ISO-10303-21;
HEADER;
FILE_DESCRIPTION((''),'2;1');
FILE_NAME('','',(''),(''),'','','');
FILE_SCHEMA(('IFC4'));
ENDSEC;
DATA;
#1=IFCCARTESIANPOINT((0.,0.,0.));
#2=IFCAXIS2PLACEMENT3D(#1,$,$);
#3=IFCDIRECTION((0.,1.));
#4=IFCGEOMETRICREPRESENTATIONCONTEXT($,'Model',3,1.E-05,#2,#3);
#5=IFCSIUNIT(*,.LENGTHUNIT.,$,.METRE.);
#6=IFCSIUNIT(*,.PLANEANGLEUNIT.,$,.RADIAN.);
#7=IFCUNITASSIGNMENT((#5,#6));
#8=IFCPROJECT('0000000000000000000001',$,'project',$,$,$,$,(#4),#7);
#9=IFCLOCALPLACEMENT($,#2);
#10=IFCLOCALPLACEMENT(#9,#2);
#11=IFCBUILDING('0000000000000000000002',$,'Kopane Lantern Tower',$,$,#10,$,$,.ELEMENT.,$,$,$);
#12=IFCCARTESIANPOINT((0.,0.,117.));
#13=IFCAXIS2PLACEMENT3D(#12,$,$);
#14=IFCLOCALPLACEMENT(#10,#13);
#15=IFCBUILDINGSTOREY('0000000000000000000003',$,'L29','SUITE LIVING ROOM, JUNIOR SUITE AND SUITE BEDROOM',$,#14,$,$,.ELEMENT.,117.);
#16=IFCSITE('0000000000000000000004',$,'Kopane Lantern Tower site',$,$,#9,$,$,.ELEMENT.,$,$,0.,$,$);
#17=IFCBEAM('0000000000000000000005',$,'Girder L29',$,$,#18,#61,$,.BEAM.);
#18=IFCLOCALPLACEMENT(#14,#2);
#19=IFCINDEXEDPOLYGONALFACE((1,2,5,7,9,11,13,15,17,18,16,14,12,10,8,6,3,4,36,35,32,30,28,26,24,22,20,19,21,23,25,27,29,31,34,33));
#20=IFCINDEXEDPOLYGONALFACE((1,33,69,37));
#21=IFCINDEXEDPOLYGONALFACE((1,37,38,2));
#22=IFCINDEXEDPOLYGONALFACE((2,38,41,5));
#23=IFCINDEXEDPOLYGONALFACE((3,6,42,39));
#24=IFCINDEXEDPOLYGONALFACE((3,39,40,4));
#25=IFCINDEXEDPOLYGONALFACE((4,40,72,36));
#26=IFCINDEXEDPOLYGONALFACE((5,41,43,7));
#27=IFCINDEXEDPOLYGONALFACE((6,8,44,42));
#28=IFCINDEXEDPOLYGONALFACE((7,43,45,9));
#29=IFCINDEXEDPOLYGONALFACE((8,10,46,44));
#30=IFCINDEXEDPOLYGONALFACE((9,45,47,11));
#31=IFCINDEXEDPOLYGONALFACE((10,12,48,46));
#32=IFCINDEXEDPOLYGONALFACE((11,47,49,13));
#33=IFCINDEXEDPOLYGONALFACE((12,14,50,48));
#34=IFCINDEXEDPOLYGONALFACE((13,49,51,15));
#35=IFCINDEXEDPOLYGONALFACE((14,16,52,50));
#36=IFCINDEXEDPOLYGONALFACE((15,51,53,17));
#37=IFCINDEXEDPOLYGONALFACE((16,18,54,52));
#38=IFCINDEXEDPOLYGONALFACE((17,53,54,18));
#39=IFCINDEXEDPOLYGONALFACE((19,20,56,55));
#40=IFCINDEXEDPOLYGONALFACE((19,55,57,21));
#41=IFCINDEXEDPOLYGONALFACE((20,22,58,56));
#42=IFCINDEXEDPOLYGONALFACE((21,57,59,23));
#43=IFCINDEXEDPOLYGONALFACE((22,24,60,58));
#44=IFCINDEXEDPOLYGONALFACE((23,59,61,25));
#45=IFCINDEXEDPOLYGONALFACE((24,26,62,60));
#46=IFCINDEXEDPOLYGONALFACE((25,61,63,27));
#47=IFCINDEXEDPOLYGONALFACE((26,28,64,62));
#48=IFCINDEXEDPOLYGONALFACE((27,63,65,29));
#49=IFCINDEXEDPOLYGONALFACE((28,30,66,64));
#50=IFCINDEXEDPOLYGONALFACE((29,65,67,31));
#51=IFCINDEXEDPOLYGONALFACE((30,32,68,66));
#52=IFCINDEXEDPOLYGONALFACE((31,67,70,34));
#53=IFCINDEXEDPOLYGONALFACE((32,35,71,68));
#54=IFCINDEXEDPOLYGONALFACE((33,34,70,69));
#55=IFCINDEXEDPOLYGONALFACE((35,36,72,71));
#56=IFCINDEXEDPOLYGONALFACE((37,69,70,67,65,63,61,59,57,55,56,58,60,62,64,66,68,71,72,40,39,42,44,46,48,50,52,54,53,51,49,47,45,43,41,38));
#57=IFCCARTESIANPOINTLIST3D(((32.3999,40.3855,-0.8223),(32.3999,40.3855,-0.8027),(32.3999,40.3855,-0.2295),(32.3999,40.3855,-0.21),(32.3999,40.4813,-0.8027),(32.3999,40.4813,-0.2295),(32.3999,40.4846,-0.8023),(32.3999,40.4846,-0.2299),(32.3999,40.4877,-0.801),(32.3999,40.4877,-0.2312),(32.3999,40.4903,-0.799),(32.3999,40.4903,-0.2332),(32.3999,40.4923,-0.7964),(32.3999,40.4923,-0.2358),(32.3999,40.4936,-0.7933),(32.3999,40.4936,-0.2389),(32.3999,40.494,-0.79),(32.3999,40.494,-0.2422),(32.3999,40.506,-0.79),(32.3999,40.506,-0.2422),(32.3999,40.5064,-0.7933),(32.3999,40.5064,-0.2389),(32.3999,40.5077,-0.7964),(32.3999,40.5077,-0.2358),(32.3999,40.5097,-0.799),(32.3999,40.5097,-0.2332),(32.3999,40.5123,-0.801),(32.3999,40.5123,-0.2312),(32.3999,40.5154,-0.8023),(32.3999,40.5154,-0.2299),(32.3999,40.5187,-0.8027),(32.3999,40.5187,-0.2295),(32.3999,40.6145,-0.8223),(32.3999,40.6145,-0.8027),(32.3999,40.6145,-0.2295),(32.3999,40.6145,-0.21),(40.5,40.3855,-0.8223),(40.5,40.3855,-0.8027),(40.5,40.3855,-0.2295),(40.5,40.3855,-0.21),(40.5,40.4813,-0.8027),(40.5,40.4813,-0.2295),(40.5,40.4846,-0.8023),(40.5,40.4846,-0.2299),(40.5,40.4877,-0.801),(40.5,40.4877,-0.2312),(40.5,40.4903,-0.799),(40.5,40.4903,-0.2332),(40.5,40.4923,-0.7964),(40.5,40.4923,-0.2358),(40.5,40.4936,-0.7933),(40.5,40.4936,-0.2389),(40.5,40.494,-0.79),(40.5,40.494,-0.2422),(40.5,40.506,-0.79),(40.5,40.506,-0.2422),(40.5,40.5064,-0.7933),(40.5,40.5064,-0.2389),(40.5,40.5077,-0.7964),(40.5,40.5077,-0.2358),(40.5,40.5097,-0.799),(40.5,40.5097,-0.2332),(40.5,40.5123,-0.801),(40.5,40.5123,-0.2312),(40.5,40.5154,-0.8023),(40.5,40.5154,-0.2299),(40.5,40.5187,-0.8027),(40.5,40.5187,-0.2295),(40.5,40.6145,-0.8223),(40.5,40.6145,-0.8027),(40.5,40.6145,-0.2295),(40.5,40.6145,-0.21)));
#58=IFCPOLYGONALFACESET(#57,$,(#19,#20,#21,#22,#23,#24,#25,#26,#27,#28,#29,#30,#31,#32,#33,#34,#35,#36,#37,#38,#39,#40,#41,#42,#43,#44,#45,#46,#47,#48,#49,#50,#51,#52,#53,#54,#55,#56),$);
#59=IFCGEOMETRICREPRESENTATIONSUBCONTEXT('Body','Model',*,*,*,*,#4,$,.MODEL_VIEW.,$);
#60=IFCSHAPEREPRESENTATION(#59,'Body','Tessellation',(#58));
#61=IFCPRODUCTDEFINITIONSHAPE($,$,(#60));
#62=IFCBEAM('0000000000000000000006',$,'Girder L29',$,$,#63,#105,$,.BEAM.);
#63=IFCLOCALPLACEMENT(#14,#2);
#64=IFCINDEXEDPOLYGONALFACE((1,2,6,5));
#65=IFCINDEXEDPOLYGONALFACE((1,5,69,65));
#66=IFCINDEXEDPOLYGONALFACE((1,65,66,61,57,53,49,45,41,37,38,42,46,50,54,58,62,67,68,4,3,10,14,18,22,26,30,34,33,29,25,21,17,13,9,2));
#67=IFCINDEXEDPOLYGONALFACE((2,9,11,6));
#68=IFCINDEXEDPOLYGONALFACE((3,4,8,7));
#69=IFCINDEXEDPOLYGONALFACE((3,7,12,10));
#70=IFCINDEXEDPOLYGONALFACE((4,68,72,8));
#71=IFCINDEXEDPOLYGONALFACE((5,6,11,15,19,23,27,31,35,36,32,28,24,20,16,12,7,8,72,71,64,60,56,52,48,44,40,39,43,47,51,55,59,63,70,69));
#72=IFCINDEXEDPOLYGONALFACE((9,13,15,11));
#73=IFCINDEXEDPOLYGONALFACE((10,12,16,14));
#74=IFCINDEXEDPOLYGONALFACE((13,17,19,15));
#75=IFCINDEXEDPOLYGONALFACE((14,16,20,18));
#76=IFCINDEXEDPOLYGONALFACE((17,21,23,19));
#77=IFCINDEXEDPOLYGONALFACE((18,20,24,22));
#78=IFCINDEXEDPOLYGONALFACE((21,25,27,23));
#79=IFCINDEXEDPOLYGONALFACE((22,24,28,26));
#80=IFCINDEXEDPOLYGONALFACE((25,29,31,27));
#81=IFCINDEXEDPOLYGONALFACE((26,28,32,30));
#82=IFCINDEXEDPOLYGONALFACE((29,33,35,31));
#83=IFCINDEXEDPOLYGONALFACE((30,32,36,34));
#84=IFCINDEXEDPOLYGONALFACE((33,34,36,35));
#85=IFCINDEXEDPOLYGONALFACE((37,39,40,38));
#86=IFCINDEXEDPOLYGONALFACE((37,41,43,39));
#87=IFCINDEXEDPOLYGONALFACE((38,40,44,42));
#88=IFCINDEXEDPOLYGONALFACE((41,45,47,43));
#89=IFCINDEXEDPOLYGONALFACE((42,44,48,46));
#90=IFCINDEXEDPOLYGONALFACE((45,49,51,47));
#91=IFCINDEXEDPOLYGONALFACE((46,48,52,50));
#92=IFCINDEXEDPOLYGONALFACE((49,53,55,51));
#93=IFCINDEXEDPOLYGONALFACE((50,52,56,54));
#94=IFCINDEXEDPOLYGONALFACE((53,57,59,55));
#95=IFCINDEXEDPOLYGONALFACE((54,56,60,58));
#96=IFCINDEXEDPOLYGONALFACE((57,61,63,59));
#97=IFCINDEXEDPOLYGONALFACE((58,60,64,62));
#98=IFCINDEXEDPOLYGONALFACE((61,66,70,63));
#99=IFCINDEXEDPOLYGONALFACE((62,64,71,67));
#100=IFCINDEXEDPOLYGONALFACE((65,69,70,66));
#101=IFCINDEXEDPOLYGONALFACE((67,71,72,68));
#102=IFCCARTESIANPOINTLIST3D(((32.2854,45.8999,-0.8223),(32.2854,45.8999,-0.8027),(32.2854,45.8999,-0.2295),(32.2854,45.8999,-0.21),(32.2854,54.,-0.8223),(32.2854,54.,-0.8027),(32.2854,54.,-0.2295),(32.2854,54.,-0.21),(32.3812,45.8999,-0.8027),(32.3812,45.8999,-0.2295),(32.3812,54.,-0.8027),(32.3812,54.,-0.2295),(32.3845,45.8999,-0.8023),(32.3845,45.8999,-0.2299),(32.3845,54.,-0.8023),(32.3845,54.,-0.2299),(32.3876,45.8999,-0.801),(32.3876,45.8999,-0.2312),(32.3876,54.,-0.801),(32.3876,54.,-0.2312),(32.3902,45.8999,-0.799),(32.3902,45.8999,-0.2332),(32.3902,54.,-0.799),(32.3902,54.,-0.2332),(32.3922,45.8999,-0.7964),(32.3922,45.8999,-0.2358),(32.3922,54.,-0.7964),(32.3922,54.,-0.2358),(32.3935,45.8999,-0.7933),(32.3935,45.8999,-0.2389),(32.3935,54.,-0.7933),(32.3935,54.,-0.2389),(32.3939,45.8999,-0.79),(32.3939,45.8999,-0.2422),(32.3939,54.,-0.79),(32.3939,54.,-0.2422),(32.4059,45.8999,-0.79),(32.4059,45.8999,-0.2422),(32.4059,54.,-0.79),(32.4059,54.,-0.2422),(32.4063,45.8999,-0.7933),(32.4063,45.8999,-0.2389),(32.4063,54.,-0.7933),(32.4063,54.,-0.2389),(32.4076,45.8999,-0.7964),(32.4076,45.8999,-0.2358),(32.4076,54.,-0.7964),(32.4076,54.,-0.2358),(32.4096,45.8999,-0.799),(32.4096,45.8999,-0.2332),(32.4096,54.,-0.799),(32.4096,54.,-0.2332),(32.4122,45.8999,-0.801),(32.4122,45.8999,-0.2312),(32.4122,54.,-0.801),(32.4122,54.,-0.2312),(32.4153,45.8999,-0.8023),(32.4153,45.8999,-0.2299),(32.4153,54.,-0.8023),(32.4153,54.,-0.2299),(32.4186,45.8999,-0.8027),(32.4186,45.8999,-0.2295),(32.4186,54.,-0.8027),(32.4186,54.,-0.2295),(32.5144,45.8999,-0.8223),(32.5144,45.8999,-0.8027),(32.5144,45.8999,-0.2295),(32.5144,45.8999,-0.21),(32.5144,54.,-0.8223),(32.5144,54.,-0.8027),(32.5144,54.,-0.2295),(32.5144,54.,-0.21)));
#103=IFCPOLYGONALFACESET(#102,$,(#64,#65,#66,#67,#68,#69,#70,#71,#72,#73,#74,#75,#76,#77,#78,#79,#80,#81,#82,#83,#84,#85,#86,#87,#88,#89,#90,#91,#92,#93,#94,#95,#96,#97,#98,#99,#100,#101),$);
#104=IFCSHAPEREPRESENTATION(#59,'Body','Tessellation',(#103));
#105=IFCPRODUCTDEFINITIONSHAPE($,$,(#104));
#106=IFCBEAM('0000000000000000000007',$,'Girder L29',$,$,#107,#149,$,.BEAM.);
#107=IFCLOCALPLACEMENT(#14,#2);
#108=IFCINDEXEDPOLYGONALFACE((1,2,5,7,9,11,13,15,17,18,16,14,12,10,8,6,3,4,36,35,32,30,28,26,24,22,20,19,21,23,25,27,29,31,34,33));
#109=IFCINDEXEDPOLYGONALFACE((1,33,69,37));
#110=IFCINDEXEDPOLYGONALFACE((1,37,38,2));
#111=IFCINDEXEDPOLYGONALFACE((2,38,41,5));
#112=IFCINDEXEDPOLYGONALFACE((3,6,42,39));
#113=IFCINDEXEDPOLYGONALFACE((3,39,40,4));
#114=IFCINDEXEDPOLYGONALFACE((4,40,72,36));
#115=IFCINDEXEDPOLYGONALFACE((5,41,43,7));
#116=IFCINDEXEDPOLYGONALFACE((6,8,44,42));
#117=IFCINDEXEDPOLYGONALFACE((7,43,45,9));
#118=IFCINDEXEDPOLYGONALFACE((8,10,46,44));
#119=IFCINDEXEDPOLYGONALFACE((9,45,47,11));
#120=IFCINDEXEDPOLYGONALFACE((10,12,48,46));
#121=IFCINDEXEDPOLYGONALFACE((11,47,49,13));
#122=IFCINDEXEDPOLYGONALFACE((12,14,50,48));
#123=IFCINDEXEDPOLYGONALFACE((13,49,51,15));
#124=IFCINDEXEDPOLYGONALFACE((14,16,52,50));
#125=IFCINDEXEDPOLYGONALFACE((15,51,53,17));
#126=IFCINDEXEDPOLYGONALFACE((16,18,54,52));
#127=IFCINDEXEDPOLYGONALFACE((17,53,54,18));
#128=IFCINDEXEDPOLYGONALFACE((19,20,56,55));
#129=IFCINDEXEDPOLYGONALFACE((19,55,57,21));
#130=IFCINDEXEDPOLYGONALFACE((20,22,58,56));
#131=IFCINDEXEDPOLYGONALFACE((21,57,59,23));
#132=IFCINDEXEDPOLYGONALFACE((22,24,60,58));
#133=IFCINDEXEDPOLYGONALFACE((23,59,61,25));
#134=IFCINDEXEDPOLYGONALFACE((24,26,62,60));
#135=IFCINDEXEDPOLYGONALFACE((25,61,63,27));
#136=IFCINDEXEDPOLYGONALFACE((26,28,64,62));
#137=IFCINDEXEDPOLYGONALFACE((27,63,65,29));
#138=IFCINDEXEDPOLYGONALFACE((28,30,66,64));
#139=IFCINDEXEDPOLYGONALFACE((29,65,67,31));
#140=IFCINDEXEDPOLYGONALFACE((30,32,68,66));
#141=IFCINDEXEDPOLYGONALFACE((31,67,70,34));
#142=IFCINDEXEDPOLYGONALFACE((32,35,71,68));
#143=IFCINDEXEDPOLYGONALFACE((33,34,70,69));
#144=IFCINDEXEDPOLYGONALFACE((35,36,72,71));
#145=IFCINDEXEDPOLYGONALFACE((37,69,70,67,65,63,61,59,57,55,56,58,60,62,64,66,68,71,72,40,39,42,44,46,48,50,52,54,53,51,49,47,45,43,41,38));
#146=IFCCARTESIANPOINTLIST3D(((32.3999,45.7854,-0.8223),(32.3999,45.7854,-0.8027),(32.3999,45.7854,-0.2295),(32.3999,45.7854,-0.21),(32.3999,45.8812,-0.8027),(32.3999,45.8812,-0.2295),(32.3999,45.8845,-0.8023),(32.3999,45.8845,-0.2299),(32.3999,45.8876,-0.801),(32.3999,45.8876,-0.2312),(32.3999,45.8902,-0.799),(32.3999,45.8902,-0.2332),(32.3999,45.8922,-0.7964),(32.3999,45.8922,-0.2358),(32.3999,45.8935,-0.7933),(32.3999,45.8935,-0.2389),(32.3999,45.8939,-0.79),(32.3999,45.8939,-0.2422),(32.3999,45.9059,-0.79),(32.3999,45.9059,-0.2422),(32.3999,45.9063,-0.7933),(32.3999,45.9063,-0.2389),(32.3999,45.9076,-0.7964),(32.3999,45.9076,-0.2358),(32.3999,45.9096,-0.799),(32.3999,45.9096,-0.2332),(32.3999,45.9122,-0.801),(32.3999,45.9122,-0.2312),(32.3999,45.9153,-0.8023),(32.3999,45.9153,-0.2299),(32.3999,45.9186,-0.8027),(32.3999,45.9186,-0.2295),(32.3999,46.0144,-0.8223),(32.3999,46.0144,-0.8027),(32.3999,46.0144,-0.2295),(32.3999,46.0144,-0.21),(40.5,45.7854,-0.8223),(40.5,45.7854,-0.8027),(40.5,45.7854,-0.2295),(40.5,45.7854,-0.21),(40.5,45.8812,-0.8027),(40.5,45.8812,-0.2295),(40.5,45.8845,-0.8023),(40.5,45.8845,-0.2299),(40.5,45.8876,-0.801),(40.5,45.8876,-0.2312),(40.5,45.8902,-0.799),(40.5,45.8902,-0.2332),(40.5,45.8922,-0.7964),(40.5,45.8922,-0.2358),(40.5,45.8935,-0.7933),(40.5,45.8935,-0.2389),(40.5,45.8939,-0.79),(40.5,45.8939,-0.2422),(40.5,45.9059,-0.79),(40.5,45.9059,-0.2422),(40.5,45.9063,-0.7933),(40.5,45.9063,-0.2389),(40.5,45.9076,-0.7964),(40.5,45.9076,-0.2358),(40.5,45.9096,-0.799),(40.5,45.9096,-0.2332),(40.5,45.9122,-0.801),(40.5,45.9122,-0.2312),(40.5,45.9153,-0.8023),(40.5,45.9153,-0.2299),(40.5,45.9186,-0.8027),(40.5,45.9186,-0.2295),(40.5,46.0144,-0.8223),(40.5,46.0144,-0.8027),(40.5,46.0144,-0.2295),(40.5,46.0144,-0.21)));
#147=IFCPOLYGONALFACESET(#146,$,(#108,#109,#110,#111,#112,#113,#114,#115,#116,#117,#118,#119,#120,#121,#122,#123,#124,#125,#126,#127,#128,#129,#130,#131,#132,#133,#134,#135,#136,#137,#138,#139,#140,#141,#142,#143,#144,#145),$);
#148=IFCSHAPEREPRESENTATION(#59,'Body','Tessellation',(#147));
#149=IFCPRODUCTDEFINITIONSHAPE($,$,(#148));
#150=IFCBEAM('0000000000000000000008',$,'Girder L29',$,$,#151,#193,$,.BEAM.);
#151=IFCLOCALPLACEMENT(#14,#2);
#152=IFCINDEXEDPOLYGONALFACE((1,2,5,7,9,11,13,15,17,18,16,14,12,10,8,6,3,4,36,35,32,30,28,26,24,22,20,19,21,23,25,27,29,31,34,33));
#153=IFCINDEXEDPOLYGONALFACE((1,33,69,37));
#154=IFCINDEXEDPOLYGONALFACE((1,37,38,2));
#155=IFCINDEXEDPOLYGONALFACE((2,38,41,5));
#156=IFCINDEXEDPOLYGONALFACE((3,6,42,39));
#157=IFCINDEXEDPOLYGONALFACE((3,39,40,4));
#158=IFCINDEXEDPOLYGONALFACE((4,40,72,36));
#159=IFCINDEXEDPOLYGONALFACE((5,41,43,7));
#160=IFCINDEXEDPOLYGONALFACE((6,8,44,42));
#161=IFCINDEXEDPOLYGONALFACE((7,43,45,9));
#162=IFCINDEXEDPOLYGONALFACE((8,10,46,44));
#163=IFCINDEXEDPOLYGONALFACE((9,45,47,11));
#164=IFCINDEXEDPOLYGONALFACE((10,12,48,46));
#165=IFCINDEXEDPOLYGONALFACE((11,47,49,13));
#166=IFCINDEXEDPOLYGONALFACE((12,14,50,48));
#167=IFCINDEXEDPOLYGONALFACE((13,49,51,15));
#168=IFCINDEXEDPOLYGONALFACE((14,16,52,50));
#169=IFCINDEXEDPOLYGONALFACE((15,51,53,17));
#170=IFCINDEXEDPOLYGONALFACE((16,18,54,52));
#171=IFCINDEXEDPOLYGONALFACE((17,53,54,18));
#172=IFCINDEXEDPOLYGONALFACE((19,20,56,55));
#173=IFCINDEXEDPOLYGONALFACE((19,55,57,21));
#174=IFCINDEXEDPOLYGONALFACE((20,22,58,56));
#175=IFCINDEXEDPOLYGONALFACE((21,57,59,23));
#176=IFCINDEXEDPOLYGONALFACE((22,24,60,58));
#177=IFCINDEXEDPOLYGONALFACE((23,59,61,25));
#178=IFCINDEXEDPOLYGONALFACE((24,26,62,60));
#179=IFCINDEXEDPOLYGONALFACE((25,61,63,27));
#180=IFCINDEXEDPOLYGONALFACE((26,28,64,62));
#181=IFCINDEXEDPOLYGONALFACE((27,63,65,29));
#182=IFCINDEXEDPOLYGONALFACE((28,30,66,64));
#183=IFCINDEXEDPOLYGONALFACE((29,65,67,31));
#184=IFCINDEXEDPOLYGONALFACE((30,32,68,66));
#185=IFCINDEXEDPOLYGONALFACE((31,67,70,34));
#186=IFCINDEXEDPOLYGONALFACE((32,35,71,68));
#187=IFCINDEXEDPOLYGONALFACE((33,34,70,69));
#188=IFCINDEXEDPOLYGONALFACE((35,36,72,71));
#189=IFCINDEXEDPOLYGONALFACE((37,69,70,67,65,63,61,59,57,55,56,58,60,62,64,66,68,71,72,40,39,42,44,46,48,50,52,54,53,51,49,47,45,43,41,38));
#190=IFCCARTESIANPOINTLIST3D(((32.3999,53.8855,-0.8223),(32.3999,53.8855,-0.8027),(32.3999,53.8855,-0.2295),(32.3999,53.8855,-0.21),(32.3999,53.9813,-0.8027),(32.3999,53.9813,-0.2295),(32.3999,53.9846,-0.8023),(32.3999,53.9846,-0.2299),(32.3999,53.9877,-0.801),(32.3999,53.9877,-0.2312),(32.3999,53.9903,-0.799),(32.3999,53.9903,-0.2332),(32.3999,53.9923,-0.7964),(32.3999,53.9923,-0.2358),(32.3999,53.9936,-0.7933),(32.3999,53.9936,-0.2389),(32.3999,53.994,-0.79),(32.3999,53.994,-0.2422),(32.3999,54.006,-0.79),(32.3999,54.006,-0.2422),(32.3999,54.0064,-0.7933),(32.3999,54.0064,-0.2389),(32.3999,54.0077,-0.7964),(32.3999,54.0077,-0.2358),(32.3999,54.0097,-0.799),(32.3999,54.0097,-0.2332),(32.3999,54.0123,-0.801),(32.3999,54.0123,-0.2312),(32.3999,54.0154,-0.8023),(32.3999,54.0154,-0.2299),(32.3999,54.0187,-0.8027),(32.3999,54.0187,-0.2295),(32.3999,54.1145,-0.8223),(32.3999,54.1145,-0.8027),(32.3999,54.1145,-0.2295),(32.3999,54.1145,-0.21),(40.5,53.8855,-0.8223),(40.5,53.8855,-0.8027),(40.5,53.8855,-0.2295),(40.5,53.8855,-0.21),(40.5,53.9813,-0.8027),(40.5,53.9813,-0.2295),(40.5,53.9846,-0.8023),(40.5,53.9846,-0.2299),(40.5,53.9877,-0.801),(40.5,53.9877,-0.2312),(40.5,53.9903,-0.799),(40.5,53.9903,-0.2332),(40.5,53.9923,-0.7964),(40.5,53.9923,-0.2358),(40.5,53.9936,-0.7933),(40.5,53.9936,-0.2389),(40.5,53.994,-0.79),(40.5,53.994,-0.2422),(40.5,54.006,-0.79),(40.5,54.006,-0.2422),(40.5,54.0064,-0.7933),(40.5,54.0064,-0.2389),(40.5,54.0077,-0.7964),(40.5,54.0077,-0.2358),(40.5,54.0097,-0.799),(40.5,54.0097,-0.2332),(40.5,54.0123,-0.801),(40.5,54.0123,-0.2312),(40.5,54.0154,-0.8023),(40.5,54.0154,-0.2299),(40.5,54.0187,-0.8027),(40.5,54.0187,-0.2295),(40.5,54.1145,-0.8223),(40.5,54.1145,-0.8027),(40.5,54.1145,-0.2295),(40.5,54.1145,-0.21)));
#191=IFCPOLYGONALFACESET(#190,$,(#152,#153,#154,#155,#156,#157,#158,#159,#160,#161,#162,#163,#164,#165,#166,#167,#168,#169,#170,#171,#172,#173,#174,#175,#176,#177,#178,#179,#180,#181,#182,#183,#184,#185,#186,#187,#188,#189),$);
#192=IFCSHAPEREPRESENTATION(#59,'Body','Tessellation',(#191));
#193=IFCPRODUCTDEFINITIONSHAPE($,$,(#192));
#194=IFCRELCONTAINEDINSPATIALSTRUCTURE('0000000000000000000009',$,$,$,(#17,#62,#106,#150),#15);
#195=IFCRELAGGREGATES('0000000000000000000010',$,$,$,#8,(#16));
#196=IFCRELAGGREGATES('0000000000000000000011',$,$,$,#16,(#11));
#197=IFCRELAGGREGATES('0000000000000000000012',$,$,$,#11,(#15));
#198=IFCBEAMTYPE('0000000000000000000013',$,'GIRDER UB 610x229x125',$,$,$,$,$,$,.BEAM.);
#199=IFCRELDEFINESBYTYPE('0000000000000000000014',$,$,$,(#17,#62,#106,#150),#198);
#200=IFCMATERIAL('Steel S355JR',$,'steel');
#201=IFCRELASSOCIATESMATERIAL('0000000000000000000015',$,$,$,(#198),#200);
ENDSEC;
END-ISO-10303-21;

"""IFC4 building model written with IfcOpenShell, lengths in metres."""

from ifc_helpers import new_model, si_unit, direction, frame, origin, origin_2d, place, context, subcontext, project, spatial, i_section, extrude, material, material_profile, profile_set, type_object, element, save


model = new_model("IFC4")

# Units and contexts
model_context = context("Model", 3, precision=1e-05, world=origin(), true_north=direction((0.0, 1.0)))
body_context = subcontext(model_context, "Body", "Model", "MODEL_VIEW")
ifc_project = project(units=[si_unit("LENGTHUNIT", "METRE"), si_unit("PLANEANGLEUNIT", "RADIAN")], contexts=[model_context])

# Site, building, storey
site_placement = place(None, origin())
site = spatial("IfcSite", under=ifc_project, at=site_placement, Name="Kopane Lantern Tower site", CompositionType="ELEMENT", RefElevation=0.0)
building_placement = place(site_placement, origin())
building = spatial("IfcBuilding", under=site, at=building_placement, Name="Kopane Lantern Tower", CompositionType="ELEMENT")
storey_placement = place(building_placement, frame((0.0, 0.0, 117.0)))
storey = spatial("IfcBuildingStorey", under=building, at=storey_placement, Name="L29", Description="SUITE LIVING ROOM, JUNIOR SUITE AND SUITE BEDROOM", CompositionType="ELEMENT", Elevation=117.0)

# Beams
ifc_material_1 = material(Name="Steel S355JR", Category="steel")
ifc_material_profile_1 = material_profile(ifc_material_1, i_section(OverallWidth=0.229, OverallDepth=0.6123, WebThickness=0.012, FlangeThickness=0.0195, FilletRadius=0.0127, at=origin_2d()), Name="UB 610x229x125")
ifc_profile_set_1 = profile_set([ifc_material_profile_1], Name="Steel S355JR")
beam_type = type_object("IfcBeamType", Name="GIRDER UB 610x229x125", PredefinedType="BEAM", material=ifc_profile_set_1)
for number, where, z_axis, x_axis, name in (
    (1, (32.3999, 40.5, -0.5161), (1.0, 0.0, 0.0), (0.0, 1.0, 0.0), "Girder L29"),
    (2, (32.3999, 45.8999, -0.5161), (0.0, 1.0, 0.0), (-1.0, 0.0, 0.0), "Girder L29"),
    (3, (32.3999, 45.8999, -0.5161), (1.0, 0.0, 0.0), (0.0, 1.0, 0.0), "Girder L29"),
    (4, (32.3999, 54.0, -0.5161), (1.0, 0.0, 0.0), (0.0, 1.0, 0.0), "Girder L29"),
):
    element("IfcBeam", number, at=place(storey_placement, frame(where, z_axis=z_axis, x_axis=x_axis)), inside=storey, type_object=beam_type, Name=name, PredefinedType="BEAM", context=body_context, shape_type="SweptSolid", body=[
        extrude(i_section(OverallWidth=0.229, OverallDepth=0.6123, WebThickness=0.012, FlangeThickness=0.0195, FilletRadius=0.0127, at=origin_2d()), origin(), (0.0, 0.0, 1.0), 8.1001),
    ])

save(model, "model.ifc")
